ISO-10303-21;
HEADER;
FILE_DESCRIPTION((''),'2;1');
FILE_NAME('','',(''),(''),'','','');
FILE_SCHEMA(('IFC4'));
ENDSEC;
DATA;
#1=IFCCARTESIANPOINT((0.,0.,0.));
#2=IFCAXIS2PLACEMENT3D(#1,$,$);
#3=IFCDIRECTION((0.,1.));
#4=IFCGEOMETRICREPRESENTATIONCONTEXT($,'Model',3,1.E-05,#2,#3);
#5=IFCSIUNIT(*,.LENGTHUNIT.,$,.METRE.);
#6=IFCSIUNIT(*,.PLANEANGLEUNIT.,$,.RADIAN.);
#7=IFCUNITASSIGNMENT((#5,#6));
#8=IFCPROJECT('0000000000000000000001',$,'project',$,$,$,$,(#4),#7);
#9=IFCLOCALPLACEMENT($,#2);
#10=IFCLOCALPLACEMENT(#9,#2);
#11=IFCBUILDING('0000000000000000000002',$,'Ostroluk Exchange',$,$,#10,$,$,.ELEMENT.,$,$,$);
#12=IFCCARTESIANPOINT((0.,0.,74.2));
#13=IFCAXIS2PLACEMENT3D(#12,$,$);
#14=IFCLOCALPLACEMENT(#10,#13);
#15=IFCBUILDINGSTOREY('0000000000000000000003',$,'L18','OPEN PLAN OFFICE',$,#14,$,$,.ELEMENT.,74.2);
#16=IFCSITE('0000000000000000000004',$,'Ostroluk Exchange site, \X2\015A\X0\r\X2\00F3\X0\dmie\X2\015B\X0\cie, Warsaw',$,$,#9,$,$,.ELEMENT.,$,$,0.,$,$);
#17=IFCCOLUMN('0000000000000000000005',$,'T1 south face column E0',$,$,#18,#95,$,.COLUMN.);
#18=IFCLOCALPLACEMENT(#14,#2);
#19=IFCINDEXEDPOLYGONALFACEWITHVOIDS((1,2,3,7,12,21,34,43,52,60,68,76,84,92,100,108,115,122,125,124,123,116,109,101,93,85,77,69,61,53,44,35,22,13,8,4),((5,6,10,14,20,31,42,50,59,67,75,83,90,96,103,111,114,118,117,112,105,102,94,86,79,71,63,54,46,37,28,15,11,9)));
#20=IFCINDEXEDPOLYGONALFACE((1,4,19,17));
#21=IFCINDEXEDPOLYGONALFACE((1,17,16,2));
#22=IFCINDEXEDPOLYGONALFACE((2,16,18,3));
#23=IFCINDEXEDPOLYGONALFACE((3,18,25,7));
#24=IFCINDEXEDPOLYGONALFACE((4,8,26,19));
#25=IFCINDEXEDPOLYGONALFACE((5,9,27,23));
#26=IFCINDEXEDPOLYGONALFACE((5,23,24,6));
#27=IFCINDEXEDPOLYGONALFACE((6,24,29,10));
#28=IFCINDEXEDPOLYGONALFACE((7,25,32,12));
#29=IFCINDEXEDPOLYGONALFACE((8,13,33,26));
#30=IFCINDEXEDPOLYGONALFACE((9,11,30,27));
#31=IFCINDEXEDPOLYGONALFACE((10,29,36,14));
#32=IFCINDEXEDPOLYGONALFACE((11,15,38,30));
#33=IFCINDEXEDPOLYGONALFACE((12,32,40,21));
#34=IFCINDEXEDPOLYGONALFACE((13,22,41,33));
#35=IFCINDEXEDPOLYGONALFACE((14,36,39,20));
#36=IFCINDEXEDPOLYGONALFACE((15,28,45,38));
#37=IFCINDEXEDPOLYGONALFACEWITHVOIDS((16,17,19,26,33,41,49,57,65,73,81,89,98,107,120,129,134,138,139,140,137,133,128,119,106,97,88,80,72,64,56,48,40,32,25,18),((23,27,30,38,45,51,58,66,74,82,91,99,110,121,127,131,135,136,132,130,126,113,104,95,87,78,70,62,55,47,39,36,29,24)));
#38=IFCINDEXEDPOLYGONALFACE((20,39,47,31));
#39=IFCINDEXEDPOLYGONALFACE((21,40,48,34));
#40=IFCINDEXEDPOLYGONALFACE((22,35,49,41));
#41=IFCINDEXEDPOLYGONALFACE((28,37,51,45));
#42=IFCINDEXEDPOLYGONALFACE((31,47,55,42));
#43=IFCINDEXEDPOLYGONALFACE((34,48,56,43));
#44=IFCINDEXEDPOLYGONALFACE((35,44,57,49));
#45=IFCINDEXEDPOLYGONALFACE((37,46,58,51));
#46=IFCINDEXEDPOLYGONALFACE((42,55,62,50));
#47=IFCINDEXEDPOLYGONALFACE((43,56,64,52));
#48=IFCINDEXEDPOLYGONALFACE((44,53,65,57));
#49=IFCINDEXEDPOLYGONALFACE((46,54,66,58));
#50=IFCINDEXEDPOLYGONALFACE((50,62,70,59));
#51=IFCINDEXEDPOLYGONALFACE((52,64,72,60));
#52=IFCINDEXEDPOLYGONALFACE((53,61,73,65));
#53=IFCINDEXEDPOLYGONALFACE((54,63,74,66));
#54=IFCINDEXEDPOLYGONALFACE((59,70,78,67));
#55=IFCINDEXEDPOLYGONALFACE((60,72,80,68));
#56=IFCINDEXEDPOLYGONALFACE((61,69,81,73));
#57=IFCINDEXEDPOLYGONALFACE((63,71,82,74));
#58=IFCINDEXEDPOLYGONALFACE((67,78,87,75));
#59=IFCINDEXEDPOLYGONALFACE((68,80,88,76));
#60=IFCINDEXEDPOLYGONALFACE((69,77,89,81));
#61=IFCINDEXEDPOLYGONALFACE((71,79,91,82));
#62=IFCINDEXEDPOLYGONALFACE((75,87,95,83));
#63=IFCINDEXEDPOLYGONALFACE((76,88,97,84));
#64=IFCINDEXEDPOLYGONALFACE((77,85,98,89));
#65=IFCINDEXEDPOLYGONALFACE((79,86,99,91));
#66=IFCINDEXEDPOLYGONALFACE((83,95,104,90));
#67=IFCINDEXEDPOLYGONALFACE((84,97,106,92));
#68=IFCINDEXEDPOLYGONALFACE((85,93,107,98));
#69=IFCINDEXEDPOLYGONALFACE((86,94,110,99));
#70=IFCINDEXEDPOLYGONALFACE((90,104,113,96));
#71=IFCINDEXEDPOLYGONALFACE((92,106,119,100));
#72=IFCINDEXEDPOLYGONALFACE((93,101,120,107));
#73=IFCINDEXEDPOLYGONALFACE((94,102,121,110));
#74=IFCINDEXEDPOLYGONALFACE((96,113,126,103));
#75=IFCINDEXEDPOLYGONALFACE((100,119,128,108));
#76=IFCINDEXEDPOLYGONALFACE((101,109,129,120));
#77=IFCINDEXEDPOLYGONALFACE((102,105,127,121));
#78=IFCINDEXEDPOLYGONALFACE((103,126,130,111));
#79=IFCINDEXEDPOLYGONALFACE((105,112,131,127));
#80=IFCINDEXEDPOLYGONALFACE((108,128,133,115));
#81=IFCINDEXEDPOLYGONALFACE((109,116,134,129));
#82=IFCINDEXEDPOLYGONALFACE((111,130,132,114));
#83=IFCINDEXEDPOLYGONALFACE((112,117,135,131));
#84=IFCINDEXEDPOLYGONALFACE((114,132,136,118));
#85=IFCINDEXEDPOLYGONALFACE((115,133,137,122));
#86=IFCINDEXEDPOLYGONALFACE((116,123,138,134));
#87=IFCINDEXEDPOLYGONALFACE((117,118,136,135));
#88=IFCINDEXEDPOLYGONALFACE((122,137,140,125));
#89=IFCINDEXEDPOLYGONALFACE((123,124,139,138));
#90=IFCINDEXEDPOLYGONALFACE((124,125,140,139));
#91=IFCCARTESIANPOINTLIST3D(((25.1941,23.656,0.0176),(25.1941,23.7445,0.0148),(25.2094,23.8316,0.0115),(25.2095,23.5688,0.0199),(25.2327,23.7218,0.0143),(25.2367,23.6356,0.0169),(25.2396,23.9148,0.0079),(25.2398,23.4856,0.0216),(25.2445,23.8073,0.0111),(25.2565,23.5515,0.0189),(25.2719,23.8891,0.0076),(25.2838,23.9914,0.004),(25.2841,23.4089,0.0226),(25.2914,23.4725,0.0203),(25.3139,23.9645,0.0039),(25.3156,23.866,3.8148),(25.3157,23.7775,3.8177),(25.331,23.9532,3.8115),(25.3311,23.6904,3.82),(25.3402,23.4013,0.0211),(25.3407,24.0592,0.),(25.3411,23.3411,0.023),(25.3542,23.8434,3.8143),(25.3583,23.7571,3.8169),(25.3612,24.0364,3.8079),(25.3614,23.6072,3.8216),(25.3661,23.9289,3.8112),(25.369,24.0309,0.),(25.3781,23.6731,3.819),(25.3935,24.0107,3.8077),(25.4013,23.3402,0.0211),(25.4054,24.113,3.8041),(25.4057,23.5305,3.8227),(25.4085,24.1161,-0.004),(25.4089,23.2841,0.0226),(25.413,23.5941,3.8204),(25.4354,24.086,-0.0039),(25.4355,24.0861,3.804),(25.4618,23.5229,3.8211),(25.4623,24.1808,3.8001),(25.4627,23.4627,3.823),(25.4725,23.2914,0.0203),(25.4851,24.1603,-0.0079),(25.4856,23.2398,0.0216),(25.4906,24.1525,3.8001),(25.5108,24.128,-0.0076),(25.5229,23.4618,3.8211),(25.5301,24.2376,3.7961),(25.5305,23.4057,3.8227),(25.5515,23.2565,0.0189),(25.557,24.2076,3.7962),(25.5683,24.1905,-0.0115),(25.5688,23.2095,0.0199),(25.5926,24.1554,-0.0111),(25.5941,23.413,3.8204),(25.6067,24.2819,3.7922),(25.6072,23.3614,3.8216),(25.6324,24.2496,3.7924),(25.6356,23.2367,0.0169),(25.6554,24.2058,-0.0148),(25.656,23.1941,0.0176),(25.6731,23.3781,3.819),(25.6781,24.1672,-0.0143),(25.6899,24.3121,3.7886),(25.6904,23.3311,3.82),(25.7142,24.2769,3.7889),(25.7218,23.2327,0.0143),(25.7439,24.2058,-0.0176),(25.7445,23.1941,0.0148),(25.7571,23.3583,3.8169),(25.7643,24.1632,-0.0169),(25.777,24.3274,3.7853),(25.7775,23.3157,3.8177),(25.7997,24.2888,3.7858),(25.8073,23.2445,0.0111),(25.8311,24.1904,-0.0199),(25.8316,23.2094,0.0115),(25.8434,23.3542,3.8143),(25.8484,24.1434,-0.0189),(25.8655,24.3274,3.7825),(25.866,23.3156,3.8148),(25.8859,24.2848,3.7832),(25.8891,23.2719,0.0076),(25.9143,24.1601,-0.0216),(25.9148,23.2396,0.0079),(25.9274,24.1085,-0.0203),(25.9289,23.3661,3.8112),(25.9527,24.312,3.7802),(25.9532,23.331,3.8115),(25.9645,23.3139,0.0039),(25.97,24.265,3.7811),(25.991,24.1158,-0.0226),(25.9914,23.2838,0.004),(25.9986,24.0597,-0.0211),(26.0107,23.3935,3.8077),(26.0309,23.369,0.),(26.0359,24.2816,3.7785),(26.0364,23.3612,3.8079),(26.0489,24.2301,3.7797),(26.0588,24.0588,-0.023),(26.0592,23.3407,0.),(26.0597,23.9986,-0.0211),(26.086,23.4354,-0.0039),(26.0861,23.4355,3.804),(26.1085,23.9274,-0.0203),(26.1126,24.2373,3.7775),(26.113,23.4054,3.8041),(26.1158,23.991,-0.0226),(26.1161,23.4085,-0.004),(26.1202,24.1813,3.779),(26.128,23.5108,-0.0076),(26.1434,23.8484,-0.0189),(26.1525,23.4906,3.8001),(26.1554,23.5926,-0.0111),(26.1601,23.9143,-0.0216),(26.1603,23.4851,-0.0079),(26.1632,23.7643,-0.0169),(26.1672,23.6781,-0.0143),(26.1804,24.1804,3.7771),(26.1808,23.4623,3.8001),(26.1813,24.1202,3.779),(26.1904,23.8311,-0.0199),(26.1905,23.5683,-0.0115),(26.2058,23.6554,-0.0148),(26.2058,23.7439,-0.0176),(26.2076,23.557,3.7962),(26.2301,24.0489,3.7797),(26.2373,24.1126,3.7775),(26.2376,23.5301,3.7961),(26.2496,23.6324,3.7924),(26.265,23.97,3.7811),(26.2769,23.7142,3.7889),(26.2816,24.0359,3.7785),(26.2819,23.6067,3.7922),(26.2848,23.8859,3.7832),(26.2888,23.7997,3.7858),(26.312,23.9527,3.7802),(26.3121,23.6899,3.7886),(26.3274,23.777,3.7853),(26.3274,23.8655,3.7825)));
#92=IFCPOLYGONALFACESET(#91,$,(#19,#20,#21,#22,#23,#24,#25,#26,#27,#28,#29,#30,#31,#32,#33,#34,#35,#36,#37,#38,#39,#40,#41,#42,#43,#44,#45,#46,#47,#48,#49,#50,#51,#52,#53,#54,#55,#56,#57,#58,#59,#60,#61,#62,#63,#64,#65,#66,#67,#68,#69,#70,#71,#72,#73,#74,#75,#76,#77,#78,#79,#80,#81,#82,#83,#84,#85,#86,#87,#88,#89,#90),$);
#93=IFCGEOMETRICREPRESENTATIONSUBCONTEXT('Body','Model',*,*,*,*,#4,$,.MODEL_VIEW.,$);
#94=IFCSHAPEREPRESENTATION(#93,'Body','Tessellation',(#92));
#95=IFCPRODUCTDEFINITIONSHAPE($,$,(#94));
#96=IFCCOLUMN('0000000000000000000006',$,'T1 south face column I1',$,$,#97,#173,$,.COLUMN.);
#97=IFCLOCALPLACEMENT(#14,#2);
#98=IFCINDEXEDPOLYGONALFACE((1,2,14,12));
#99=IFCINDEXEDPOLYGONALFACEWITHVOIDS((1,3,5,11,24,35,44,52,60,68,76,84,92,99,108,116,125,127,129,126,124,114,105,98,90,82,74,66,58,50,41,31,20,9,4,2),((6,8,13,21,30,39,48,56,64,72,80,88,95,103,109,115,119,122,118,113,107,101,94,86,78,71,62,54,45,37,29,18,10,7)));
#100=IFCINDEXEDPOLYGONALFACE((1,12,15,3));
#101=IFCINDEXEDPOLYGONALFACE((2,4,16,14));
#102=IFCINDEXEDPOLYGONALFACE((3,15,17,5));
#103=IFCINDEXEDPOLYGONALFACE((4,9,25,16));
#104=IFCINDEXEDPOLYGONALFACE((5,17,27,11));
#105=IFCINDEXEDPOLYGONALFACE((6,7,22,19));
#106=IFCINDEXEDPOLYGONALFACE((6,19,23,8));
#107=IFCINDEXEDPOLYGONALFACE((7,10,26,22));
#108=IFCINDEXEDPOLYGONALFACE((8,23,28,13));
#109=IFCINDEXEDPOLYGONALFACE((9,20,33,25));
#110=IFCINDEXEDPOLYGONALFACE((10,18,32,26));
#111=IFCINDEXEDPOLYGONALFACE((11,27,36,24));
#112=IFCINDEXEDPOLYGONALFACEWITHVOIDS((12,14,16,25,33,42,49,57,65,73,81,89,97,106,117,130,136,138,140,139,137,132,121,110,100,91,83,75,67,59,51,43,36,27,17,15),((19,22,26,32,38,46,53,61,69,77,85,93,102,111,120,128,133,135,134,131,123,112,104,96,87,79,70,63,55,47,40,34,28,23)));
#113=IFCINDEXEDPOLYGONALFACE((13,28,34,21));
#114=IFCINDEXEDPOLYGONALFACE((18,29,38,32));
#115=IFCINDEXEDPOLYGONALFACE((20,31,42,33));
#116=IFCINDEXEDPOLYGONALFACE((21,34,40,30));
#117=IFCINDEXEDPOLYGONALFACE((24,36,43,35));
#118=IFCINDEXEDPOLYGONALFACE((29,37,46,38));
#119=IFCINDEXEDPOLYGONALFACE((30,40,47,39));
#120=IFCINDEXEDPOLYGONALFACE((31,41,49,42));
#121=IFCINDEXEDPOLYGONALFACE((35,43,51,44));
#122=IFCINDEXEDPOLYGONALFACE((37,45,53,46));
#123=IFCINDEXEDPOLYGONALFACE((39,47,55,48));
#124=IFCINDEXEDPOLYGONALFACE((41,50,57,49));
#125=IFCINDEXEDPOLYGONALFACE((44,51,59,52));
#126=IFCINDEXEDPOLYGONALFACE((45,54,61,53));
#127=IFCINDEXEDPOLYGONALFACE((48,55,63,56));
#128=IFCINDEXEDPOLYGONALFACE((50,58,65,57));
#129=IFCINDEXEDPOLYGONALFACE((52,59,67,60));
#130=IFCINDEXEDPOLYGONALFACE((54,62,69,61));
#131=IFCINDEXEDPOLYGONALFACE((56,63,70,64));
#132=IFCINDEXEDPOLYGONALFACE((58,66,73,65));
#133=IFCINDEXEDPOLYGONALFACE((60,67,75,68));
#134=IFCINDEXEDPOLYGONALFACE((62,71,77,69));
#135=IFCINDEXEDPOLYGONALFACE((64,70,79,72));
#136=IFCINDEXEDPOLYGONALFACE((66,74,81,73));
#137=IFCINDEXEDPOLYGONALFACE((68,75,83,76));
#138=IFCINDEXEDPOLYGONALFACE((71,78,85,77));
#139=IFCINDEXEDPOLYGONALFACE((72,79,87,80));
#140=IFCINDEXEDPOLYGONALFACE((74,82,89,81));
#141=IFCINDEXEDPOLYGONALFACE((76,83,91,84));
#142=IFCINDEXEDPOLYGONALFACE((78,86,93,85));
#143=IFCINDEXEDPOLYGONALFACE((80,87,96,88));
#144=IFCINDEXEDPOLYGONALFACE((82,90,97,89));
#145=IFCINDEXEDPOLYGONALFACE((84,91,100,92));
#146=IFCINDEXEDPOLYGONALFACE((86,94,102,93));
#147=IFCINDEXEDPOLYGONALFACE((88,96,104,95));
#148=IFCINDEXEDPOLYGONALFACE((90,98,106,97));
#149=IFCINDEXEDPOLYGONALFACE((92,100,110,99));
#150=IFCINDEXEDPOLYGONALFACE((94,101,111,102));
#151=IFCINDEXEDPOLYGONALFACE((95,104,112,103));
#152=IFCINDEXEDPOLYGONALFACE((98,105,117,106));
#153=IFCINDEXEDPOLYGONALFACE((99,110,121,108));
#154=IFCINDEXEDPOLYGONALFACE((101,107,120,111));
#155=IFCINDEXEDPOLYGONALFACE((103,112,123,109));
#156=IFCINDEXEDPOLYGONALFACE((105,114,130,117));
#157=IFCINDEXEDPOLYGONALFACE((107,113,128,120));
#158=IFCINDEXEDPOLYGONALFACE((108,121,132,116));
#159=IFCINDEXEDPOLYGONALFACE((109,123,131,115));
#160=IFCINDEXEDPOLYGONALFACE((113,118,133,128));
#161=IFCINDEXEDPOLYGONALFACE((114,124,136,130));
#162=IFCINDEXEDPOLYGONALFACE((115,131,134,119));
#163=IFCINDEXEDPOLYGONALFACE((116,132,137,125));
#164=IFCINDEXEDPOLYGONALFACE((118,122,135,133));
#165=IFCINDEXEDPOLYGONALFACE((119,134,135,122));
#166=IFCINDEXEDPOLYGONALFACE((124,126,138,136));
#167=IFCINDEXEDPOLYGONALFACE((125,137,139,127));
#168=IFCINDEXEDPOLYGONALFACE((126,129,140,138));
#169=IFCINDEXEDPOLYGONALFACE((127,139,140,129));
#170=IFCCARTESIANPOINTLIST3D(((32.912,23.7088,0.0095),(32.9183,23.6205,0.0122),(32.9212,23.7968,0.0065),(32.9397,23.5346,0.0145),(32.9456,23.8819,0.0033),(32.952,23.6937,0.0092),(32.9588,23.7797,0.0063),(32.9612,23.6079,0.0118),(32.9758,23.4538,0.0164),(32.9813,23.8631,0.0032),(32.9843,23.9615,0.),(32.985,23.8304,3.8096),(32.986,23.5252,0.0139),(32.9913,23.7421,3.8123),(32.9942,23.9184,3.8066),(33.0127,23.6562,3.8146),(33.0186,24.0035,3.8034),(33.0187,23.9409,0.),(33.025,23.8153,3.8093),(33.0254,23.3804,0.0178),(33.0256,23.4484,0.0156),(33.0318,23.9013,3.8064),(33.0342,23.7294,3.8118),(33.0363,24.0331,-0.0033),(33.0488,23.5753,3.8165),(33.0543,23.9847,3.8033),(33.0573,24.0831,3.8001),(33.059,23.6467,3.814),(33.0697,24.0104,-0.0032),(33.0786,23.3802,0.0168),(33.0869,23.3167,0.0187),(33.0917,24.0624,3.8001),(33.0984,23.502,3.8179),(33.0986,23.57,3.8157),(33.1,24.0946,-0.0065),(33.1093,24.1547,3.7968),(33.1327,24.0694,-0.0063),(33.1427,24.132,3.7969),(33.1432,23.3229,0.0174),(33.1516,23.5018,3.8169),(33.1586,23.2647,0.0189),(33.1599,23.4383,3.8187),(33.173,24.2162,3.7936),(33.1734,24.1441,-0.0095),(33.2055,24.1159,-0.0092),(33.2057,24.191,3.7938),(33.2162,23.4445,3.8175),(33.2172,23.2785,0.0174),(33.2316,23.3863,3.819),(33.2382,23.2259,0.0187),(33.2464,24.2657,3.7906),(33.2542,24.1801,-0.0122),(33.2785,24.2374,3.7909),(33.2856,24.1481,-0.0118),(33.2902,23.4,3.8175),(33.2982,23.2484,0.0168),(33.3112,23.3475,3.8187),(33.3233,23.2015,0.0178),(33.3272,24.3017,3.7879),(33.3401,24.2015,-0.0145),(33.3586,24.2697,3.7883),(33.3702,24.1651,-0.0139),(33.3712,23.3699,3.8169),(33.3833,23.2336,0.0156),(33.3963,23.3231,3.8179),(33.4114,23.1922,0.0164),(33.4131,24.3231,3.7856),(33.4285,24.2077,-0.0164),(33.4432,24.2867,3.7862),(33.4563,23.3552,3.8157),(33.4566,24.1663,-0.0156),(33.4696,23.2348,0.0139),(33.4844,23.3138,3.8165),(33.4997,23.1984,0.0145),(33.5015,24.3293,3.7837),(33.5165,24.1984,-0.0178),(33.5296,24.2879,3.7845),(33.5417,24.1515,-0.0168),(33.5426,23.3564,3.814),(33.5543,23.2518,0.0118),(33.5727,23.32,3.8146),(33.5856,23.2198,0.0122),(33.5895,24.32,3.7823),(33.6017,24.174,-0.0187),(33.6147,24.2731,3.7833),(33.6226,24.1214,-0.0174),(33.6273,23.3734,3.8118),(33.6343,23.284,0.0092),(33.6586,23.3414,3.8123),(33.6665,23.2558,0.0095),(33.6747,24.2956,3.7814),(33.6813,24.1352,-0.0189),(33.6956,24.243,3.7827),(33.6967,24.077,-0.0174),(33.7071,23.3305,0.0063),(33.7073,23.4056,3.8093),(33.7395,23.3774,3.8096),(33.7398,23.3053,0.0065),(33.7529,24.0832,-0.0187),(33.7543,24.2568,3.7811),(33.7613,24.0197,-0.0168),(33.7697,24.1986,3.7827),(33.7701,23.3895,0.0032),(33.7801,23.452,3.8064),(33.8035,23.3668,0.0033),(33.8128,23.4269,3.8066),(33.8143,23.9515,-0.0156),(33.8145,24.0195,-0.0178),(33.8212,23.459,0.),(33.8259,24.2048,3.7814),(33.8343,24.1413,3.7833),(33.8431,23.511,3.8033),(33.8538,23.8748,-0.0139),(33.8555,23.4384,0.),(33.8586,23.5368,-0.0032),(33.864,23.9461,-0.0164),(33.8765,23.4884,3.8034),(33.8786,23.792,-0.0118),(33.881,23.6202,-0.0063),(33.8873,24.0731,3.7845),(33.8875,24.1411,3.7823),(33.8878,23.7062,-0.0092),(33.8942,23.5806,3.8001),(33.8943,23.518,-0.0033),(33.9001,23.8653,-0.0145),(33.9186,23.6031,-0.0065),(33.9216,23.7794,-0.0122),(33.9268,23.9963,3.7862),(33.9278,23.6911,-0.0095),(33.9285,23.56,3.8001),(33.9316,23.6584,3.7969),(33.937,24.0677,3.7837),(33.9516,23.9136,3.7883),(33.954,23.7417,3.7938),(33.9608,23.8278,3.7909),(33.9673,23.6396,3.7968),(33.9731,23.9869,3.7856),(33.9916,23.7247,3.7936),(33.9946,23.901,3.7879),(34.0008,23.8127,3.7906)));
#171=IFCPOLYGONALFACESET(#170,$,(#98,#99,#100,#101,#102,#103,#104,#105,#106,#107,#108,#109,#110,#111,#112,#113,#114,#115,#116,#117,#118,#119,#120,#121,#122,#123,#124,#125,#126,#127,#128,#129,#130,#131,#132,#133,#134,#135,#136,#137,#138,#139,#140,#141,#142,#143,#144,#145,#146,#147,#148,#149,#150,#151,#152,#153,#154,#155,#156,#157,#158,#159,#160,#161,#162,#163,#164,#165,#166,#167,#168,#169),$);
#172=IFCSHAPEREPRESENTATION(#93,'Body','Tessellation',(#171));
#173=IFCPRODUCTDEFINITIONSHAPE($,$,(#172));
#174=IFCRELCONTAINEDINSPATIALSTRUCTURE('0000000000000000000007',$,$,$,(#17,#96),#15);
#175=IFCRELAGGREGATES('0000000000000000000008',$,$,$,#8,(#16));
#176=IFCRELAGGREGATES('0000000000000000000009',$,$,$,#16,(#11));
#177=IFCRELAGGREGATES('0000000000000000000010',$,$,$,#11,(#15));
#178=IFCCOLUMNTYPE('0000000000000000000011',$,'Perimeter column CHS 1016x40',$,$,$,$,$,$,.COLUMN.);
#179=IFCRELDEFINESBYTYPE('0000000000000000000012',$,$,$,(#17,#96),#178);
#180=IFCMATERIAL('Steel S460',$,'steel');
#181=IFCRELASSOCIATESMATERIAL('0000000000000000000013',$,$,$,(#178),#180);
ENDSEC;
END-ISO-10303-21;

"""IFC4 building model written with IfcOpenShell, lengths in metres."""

from ifc_helpers import new_model, si_unit, direction, frame, origin, origin_2d, place, context, subcontext, project, spatial, hollow_circle, extrude, material, material_profile, profile_set, type_object, element, save


model = new_model("IFC4")

# Units and contexts
model_context = context("Model", 3, precision=1e-05, world=origin(), true_north=direction((0.0, 1.0)))
body_context = subcontext(model_context, "Body", "Model", "MODEL_VIEW")
ifc_project = project(units=[si_unit("LENGTHUNIT", "METRE"), si_unit("PLANEANGLEUNIT", "RADIAN")], contexts=[model_context])

# Site, building, storey
site_placement = place(None, origin())
site = spatial("IfcSite", under=ifc_project, at=site_placement, Name="Ostroluk Exchange site, Śródmieście, Warsaw", CompositionType="ELEMENT", RefElevation=0.0)
building_placement = place(site_placement, origin())
building = spatial("IfcBuilding", under=site, at=building_placement, Name="Ostroluk Exchange", CompositionType="ELEMENT")
storey_placement = place(building_placement, frame((0.0, 0.0, 74.2)))
storey = spatial("IfcBuildingStorey", under=building, at=storey_placement, Name="L18", Description="OPEN PLAN OFFICE", CompositionType="ELEMENT", Elevation=74.2)

# Columns
ifc_material_1 = material(Name="Steel S460", Category="steel")
ifc_material_profile_1 = material_profile(ifc_material_1, hollow_circle(Radius=0.5081, WallThickness=0.04, at=origin_2d()), Name="CHS 1016x40")
ifc_profile_set_1 = profile_set([ifc_material_profile_1], Name="Steel S460")
column_type = type_object("IfcColumnType", Name="Perimeter column CHS 1016x40", PredefinedType="COLUMN", material=ifc_profile_set_1)
column_1_placement = place(storey_placement, frame((25.7, 23.7, 0.0), z_axis=(0.031962, 0.031962, 0.998978), x_axis=(-0.707107, 0.707107, 0.0)))
element("IfcColumn", 1, at=column_1_placement, inside=storey, type_object=column_type, Name="T1 south face column E0", PredefinedType="COLUMN", context=body_context, shape_type="SweptSolid", body=[
    extrude(hollow_circle(Radius=0.5081, WallThickness=0.04, at=origin_2d()), origin(), (0.0, 0.0, 1.0), 3.804),
])
column_2_placement = place(storey_placement, frame((33.4199, 23.7, 0.0), z_axis=(0.019196, 0.031973, 0.999304), x_axis=(-0.857341, 0.514749, 0.0)))
element("IfcColumn", 2, at=column_2_placement, inside=storey, type_object=column_type, Name="T1 south face column I1", PredefinedType="COLUMN", context=body_context, shape_type="SweptSolid", body=[
    extrude(hollow_circle(Radius=0.5081, WallThickness=0.04, at=origin_2d()), origin(), (0.0, 0.0, 1.0), 3.8027),
])

save(model, "model.ifc")
